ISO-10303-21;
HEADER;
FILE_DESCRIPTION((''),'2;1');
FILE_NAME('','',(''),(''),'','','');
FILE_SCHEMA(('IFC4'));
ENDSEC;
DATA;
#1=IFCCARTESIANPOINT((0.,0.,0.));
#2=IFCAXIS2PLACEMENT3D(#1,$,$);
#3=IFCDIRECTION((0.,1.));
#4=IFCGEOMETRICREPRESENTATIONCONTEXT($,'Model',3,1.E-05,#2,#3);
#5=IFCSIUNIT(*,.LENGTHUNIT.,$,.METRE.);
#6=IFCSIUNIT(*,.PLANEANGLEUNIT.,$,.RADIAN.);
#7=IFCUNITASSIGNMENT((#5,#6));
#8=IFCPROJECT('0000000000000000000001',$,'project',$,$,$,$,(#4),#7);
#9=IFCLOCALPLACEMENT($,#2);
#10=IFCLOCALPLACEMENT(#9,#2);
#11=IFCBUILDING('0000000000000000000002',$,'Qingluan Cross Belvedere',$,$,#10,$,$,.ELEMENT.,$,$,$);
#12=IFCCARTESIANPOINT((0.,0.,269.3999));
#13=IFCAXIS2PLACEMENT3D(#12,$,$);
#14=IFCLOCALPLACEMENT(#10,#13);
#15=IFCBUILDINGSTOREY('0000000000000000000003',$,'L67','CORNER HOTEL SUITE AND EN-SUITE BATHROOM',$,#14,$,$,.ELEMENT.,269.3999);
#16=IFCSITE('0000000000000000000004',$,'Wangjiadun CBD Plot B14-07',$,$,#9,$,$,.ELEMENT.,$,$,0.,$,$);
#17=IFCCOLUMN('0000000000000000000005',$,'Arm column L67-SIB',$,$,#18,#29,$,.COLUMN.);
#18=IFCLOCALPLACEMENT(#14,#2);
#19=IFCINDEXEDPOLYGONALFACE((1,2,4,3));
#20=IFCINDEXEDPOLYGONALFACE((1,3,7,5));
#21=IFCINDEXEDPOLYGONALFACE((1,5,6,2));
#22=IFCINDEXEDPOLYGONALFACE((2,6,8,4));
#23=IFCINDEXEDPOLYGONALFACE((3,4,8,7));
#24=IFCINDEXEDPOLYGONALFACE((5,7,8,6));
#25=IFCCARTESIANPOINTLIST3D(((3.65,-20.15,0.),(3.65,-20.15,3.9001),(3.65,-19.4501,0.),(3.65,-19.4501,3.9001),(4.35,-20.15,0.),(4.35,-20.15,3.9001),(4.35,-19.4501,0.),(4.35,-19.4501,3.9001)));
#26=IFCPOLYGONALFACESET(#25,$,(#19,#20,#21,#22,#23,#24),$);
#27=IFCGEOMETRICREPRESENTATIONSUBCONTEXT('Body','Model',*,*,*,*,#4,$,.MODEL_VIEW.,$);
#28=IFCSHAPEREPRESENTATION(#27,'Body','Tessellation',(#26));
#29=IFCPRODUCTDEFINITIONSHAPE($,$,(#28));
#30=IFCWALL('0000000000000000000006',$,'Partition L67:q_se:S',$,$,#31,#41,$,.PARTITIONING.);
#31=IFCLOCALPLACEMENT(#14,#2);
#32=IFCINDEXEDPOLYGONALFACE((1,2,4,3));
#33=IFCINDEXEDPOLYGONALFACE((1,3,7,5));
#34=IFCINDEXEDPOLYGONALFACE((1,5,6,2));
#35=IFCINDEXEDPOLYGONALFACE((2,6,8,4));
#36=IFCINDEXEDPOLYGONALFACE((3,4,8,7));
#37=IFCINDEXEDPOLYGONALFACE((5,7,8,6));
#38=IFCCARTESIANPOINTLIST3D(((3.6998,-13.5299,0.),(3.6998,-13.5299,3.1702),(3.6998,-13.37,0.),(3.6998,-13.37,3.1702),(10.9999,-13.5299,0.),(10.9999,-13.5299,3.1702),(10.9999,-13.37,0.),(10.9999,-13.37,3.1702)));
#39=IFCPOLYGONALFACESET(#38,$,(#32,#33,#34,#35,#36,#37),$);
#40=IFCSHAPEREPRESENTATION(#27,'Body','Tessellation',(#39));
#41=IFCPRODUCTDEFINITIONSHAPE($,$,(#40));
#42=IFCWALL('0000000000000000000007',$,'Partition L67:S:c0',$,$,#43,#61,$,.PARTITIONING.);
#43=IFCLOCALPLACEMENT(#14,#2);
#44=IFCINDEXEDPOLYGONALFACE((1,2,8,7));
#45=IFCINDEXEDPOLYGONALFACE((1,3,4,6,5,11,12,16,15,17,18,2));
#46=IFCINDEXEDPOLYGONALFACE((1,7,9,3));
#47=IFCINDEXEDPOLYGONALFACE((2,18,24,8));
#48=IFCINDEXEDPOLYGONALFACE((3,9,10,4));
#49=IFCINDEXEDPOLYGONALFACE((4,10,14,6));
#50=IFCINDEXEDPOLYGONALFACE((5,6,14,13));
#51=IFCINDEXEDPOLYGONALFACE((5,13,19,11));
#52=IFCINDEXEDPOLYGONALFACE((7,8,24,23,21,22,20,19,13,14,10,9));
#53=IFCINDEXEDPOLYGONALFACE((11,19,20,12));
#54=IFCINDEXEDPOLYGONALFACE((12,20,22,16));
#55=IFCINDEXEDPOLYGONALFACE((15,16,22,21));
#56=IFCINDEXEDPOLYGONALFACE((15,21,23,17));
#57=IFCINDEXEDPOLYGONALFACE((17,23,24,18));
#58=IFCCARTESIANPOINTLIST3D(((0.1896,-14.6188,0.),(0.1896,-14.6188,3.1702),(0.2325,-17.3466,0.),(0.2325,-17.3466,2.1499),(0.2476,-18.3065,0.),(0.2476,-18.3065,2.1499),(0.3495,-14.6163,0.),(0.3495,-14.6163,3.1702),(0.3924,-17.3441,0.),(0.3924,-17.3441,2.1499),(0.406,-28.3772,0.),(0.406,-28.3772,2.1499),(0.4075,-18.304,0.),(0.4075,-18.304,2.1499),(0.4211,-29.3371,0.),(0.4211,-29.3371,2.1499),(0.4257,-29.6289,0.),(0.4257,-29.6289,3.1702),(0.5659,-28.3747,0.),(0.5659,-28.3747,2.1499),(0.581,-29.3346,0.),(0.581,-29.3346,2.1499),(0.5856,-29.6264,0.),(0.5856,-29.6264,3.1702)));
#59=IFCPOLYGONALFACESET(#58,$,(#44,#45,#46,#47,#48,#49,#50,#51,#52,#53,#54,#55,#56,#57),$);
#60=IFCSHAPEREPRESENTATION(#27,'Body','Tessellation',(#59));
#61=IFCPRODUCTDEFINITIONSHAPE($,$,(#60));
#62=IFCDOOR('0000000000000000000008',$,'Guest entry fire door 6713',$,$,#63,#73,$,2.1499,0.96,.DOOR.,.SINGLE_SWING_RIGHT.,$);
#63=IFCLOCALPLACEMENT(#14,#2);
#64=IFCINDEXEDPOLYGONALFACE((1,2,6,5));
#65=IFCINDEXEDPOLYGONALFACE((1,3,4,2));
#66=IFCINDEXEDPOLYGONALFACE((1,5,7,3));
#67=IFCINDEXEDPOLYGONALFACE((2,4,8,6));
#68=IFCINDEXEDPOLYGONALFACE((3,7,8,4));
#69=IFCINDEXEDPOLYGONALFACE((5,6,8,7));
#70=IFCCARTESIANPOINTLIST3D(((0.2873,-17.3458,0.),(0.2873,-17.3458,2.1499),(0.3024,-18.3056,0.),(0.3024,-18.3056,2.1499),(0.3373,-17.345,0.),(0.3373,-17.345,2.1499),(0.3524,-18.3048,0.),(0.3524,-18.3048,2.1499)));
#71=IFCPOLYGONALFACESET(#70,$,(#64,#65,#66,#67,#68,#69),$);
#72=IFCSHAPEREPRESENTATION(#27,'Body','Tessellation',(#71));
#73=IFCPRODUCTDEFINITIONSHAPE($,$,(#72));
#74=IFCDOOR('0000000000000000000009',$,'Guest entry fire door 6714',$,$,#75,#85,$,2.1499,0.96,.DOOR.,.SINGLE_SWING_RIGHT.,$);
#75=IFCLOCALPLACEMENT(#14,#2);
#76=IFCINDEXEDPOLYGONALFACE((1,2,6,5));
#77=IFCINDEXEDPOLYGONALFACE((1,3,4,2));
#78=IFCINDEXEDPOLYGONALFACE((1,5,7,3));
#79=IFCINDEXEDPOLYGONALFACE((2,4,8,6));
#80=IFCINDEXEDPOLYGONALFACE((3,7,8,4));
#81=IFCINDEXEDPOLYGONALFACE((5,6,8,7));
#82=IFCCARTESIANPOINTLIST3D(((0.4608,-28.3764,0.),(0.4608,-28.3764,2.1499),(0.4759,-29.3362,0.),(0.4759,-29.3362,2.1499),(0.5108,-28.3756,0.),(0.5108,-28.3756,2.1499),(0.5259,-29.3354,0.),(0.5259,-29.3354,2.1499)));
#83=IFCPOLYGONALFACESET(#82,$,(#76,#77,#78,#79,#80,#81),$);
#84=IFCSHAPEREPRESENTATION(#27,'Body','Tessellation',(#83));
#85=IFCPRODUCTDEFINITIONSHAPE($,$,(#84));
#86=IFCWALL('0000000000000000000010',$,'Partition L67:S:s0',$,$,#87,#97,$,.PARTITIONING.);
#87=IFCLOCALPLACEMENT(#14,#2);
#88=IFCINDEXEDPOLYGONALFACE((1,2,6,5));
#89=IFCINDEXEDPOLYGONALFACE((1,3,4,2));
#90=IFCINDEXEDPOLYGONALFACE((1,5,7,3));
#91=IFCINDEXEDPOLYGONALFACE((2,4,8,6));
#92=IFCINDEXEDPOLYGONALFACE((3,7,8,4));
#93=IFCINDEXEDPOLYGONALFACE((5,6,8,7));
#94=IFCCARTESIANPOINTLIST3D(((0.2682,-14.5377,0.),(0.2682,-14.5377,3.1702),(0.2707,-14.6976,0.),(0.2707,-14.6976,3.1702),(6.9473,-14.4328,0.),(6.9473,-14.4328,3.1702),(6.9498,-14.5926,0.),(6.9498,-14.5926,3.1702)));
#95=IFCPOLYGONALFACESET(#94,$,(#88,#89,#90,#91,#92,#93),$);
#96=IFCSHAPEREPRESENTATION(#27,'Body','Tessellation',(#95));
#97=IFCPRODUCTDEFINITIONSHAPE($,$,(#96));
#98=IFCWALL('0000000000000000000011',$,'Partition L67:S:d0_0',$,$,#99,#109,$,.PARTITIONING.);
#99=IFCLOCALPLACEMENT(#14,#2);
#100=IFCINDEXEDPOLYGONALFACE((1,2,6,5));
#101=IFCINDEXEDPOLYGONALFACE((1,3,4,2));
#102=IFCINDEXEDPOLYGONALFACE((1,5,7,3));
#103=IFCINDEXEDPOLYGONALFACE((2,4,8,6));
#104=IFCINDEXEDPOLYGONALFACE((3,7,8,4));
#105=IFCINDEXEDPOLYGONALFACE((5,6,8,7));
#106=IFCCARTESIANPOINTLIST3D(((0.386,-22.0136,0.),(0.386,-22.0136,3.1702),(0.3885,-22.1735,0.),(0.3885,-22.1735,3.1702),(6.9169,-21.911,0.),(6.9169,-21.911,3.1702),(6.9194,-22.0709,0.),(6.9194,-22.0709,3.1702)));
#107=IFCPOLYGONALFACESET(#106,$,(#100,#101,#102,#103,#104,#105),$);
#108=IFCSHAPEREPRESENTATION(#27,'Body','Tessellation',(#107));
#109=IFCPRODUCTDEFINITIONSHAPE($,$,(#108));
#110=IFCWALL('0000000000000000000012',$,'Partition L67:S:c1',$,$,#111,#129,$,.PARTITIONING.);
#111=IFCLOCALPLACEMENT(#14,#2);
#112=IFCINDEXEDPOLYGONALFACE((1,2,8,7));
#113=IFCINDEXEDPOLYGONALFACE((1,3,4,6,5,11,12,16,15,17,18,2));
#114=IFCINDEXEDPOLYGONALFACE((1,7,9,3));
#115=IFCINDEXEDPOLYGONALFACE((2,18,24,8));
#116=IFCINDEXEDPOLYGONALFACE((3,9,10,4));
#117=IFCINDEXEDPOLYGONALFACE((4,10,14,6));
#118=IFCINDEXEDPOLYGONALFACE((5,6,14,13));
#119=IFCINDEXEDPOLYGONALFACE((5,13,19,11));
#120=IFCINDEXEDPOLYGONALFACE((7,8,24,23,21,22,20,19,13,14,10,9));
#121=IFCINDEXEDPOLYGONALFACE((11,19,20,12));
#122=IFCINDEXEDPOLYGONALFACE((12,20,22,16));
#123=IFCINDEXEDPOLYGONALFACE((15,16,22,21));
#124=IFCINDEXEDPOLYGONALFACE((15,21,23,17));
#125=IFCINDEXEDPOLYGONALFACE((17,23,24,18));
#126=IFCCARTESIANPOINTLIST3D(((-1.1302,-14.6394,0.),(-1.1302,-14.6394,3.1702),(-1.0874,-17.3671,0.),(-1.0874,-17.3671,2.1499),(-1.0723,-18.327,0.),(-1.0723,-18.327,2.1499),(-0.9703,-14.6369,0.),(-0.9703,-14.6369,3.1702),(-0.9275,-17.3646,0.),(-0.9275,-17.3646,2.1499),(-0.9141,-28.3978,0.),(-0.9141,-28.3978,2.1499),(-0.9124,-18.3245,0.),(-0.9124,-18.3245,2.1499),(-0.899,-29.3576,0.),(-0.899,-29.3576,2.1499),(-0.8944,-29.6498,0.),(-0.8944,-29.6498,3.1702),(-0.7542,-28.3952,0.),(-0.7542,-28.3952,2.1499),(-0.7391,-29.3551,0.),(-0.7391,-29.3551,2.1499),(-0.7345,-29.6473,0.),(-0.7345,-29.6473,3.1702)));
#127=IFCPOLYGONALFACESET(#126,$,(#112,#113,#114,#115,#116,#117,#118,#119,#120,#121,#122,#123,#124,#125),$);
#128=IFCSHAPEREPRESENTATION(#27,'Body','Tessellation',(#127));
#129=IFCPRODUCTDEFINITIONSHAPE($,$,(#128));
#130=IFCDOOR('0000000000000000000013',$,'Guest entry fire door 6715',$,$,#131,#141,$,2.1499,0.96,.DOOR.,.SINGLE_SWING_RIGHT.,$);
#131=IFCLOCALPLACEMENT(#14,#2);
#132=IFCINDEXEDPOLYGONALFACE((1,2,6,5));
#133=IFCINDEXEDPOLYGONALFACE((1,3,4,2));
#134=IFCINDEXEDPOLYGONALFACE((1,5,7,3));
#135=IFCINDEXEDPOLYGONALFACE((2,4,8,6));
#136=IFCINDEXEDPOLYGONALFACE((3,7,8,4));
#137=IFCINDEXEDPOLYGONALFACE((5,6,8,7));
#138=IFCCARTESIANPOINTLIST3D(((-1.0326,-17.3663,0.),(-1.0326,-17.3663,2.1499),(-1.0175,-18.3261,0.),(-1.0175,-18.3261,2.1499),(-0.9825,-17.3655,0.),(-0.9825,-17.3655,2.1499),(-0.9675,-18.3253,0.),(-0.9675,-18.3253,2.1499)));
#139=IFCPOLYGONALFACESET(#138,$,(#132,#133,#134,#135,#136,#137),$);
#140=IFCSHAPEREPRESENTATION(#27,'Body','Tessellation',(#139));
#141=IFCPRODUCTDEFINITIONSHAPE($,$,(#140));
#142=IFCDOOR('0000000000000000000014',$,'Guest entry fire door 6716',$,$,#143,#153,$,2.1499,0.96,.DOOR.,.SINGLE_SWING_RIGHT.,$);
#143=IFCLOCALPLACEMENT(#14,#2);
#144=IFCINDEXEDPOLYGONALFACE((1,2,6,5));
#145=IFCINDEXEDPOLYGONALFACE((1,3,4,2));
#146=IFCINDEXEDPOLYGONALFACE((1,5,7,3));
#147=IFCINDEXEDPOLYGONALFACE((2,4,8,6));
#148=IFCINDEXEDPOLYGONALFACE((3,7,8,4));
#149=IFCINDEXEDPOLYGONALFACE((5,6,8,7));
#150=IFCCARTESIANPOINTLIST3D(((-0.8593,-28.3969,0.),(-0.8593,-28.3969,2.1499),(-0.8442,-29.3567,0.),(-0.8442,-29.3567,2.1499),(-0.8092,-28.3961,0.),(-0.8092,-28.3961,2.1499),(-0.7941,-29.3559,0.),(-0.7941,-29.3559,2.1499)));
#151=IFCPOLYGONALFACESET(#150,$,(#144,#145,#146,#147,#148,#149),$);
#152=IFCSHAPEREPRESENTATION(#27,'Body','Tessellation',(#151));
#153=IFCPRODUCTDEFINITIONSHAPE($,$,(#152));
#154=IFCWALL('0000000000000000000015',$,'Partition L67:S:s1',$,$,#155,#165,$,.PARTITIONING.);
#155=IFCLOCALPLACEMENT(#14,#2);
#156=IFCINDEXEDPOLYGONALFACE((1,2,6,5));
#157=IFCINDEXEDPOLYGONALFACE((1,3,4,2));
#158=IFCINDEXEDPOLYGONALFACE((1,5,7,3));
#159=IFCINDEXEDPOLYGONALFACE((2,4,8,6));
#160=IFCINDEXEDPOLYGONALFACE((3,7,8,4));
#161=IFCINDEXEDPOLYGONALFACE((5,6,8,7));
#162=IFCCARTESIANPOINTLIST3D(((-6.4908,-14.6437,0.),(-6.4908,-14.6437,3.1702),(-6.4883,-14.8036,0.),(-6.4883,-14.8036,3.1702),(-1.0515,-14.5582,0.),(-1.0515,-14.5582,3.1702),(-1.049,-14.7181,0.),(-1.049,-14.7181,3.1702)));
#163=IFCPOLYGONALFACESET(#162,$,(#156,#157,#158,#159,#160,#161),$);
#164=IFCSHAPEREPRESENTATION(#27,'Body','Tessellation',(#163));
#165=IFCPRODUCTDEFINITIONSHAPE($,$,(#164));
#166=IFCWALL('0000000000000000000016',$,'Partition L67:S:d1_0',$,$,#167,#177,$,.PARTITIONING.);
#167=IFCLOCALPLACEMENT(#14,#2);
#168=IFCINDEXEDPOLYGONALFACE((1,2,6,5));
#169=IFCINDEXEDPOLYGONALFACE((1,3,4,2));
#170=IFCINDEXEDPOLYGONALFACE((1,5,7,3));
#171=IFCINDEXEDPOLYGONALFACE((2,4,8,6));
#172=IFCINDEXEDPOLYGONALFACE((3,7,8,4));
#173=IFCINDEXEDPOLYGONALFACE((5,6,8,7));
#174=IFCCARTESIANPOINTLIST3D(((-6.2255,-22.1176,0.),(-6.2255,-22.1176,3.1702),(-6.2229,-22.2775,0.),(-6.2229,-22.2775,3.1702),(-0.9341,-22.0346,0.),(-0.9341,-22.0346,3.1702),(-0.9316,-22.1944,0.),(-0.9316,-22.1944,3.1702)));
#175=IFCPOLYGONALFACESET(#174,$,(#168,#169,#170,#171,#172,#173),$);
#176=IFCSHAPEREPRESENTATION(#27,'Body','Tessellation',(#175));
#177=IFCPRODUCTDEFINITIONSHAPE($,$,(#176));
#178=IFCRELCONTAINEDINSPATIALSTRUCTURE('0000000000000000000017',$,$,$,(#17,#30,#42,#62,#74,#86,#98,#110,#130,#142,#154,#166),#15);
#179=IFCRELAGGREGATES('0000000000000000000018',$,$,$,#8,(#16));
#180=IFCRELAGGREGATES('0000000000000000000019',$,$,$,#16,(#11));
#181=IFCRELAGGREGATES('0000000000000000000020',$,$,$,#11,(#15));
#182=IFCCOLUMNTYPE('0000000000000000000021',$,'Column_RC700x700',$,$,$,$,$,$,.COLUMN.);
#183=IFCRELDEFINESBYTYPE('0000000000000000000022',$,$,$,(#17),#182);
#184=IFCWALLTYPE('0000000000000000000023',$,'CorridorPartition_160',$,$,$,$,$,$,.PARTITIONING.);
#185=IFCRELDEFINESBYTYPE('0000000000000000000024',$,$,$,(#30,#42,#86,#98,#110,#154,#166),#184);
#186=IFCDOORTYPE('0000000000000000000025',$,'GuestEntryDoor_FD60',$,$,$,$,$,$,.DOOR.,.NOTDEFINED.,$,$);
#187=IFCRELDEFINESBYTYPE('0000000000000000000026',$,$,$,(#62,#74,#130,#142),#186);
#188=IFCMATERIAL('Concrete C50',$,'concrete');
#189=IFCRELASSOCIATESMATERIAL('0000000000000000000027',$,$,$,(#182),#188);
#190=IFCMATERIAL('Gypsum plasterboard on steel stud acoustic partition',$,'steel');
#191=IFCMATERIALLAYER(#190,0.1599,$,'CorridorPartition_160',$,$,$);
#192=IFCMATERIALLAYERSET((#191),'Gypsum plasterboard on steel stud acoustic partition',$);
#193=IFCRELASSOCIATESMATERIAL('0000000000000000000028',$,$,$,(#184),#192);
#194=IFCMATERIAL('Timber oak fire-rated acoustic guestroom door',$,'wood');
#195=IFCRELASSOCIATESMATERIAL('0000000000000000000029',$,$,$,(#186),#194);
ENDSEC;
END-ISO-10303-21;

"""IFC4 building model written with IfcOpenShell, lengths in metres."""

from ifc_helpers import new_model, si_unit, direction, frame, frame_2d, origin, origin_2d, place, context, subcontext, project, spatial, rectangle, extrude, material, layer, layer_set, material_profile, profile_set, type_object, element, fill, save


model = new_model("IFC4")

# Units and contexts
model_context = context("Model", 3, precision=1e-05, world=origin(), true_north=direction((0.0, 1.0)))
body_context = subcontext(model_context, "Body", "Model", "MODEL_VIEW")
ifc_project = project(units=[si_unit("LENGTHUNIT", "METRE"), si_unit("PLANEANGLEUNIT", "RADIAN")], contexts=[model_context])

# Site, building, storey
site_placement = place(None, origin())
site = spatial("IfcSite", under=ifc_project, at=site_placement, Name="Wangjiadun CBD Plot B14-07", CompositionType="ELEMENT", RefElevation=0.0)
building_placement = place(site_placement, origin())
building = spatial("IfcBuilding", under=site, at=building_placement, Name="Qingluan Cross Belvedere", CompositionType="ELEMENT")
storey_placement = place(building_placement, frame((0.0, 0.0, 269.3999)))
storey = spatial("IfcBuildingStorey", under=building, at=storey_placement, Name="L67", Description="CORNER HOTEL SUITE AND EN-SUITE BATHROOM", CompositionType="ELEMENT", Elevation=269.3999)

# Column
ifc_material_1 = material(Name="Concrete C50", Category="concrete")
ifc_material_profile = material_profile(ifc_material_1, rectangle(XDim=0.7, YDim=0.7, at=origin_2d()), Name="RC700x700")
ifc_profile_set = profile_set([ifc_material_profile], Name="Concrete C50")
column_type = type_object("IfcColumnType", Name="Column_RC700x700", PredefinedType="COLUMN", material=ifc_profile_set)
column_placement = place(storey_placement, frame((4.0, -19.8, 0.0), z_axis=(0.0, 0.0, 1.0), x_axis=(1.0, 0.0, 0.0)))
element("IfcColumn", 1, at=column_placement, inside=storey, type_object=column_type, Name="Arm column L67-SIB", PredefinedType="COLUMN", context=body_context, shape_type="SweptSolid", body=[
    extrude(rectangle(XDim=0.7, YDim=0.7, at=origin_2d()), origin(), (0.0, 0.0, 1.0), 3.9001),
])

# Wall
ifc_material_2 = material(Name="Gypsum plasterboard on steel stud acoustic partition", Category="steel")
ifc_layer_1 = layer(ifc_material_2, 0.1599, Name="CorridorPartition_160")
ifc_layer_set_1 = layer_set([ifc_layer_1], Name="Gypsum plasterboard on steel stud acoustic partition")
wall_type_1 = type_object("IfcWallType", Name="CorridorPartition_160", PredefinedType="PARTITIONING", material=ifc_layer_set_1)
wall_1_placement = place(storey_placement, frame((3.7, -13.45, 0.0), z_axis=(0.0, 0.0, 1.0), x_axis=(1.0, 0.0, 0.0)))
element("IfcWall", 2, at=wall_1_placement, inside=storey, type_object=wall_type_1, Name="Partition L67:q_se:S", PredefinedType="PARTITIONING", context=body_context, shape_type="SweptSolid", body=[
    extrude(rectangle(XDim=7.3, YDim=0.1599, at=frame_2d((3.6499, 0.0))), origin(), (0.0, 0.0, 1.0), 3.1702),
])

# Wall, openings, doors
wall_2_placement = place(storey_placement, frame((0.2695, -14.6177, 0.0), z_axis=(0.0, 0.0, 1.0), x_axis=(0.015726, -0.999876, 0.0)))
wall_2 = element("IfcWall", 3, at=wall_2_placement, inside=storey, type_object=wall_type_1, Name="Partition L67:S:c0", PredefinedType="PARTITIONING", context=body_context, shape_type="SweptSolid", body=[
    extrude(rectangle(XDim=15.012, YDim=0.1599, at=frame_2d((7.5059, 0.0))), origin(), (0.0, 0.0, 1.0), 3.1702),
])
opening_1_placement = place(wall_2_placement, frame((2.728, 0.0, 0.0)))
opening_1 = element("IfcOpeningElement", 4, at=opening_1_placement, cuts=wall_2, PredefinedType="OPENING", context=body_context, shape_type="SweptSolid", body=[
    extrude(rectangle(XDim=0.96, YDim=2.1499, at=frame_2d((0.48, 1.075))), frame((0.0, 0.0898, 0.0), z_axis=(0.0, -1.0, 0.0), x_axis=(1.0, 0.0, 0.0)), (0.0, 0.0, 1.0), 0.1799),
])
opening_2_placement = place(wall_2_placement, frame((13.76, 0.0, 0.0)))
opening_2 = element("IfcOpeningElement", 5, at=opening_2_placement, cuts=wall_2, PredefinedType="OPENING", context=body_context, shape_type="SweptSolid", body=[
    extrude(rectangle(XDim=0.96, YDim=2.1499, at=frame_2d((0.48, 1.075))), frame((0.0, 0.0898, 0.0), z_axis=(0.0, -1.0, 0.0), x_axis=(1.0, 0.0, 0.0)), (0.0, 0.0, 1.0), 0.1799),
])
ifc_material_3 = material(Name="Timber oak fire-rated acoustic guestroom door", Category="wood")
door_type_1 = type_object("IfcDoorType", Name="GuestEntryDoor_FD60", OperationType="NOTDEFINED", PredefinedType="DOOR", material=ifc_material_3)
door_1_placement = place(opening_1_placement, origin())
door_1 = element("IfcDoor", 6, at=door_1_placement, inside=storey, type_object=door_type_1, Name="Guest entry fire door 6713", OperationType="SINGLE_SWING_RIGHT", OverallHeight=2.1499, OverallWidth=0.96, PredefinedType="DOOR", context=body_context, shape_type="SweptSolid", body=[
    extrude(rectangle(XDim=0.96, YDim=2.1499, at=frame_2d((0.48, 1.075))), frame((0.0, 0.0249, 0.0), z_axis=(0.0, -1.0, 0.0), x_axis=(1.0, 0.0, 0.0)), (0.0, 0.0, 1.0), 0.05),
])
fill(opening_1, door_1)
door_2_placement = place(opening_2_placement, origin())
door_2 = element("IfcDoor", 7, at=door_2_placement, inside=storey, type_object=door_type_1, Name="Guest entry fire door 6714", OperationType="SINGLE_SWING_RIGHT", OverallHeight=2.1499, OverallWidth=0.96, PredefinedType="DOOR", context=body_context, shape_type="SweptSolid", body=[
    extrude(rectangle(XDim=0.96, YDim=2.1499, at=frame_2d((0.48, 1.075))), frame((0.0, 0.0249, 0.0), z_axis=(0.0, -1.0, 0.0), x_axis=(1.0, 0.0, 0.0)), (0.0, 0.0, 1.0), 0.05),
])
fill(opening_2, door_2)

# Walls
wall_3_placement = place(storey_placement, frame((0.2695, -14.6177, 0.0), z_axis=(0.0, 0.0, 1.0), x_axis=(0.999877, 0.015716, 0.0)))
element("IfcWall", 8, at=wall_3_placement, inside=storey, type_object=wall_type_1, Name="Partition L67:S:s0", PredefinedType="PARTITIONING", context=body_context, shape_type="SweptSolid", body=[
    extrude(rectangle(XDim=6.6799, YDim=0.1599, at=frame_2d((3.3398, 0.0))), origin(), (0.0, 0.0, 1.0), 3.1702),
])
wall_4_placement = place(storey_placement, frame((0.3872, -22.0935, 0.0), z_axis=(0.0, 0.0, 1.0), x_axis=(0.999877, 0.015698, 0.0)))
element("IfcWall", 9, at=wall_4_placement, inside=storey, type_object=wall_type_1, Name="Partition L67:S:d0_0", PredefinedType="PARTITIONING", context=body_context, shape_type="SweptSolid", body=[
    extrude(rectangle(XDim=6.5317, YDim=0.1599, at=frame_2d((3.2659, 0.0))), origin(), (0.0, 0.0, 1.0), 3.1702),
])

# Wall, openings, doors
wall_5_placement = place(storey_placement, frame((-1.0503, -14.6382, 0.0), z_axis=(0.0, 0.0, 1.0), x_axis=(0.01571, -0.999877, 0.0)))
wall_5 = element("IfcWall", 10, at=wall_5_placement, inside=storey, type_object=wall_type_1, Name="Partition L67:S:c1", PredefinedType="PARTITIONING", context=body_context, shape_type="SweptSolid", body=[
    extrude(rectangle(XDim=15.0122, YDim=0.1599, at=frame_2d((7.5061, 0.0))), origin(), (0.0, 0.0, 1.0), 3.1702),
])
opening_3_placement = place(wall_5_placement, frame((2.728, 0.0, 0.0)))
opening_3 = element("IfcOpeningElement", 11, at=opening_3_placement, cuts=wall_5, PredefinedType="OPENING", context=body_context, shape_type="SweptSolid", body=[
    extrude(rectangle(XDim=0.96, YDim=2.1499, at=frame_2d((0.48, 1.075))), frame((0.0, 0.0898, 0.0), z_axis=(0.0, -1.0, 0.0), x_axis=(1.0, 0.0, 0.0)), (0.0, 0.0, 1.0), 0.1799),
])
opening_4_placement = place(wall_5_placement, frame((13.76, 0.0, 0.0)))
opening_4 = element("IfcOpeningElement", 12, at=opening_4_placement, cuts=wall_5, PredefinedType="OPENING", context=body_context, shape_type="SweptSolid", body=[
    extrude(rectangle(XDim=0.96, YDim=2.1499, at=frame_2d((0.48, 1.075))), frame((0.0, 0.0898, 0.0), z_axis=(0.0, -1.0, 0.0), x_axis=(1.0, 0.0, 0.0)), (0.0, 0.0, 1.0), 0.1799),
])
door_3_placement = place(opening_3_placement, origin())
door_3 = element("IfcDoor", 13, at=door_3_placement, inside=storey, type_object=door_type_1, Name="Guest entry fire door 6715", OperationType="SINGLE_SWING_RIGHT", OverallHeight=2.1499, OverallWidth=0.96, PredefinedType="DOOR", context=body_context, shape_type="SweptSolid", body=[
    extrude(rectangle(XDim=0.96, YDim=2.1499, at=frame_2d((0.48, 1.075))), frame((0.0, 0.0249, 0.0), z_axis=(0.0, -1.0, 0.0), x_axis=(1.0, 0.0, 0.0)), (0.0, 0.0, 1.0), 0.05),
])
fill(opening_3, door_3)
door_4_placement = place(opening_4_placement, origin())
door_4 = element("IfcDoor", 14, at=door_4_placement, inside=storey, type_object=door_type_1, Name="Guest entry fire door 6716", OperationType="SINGLE_SWING_RIGHT", OverallHeight=2.1499, OverallWidth=0.96, PredefinedType="DOOR", context=body_context, shape_type="SweptSolid", body=[
    extrude(rectangle(XDim=0.96, YDim=2.1499, at=frame_2d((0.48, 1.075))), frame((0.0, 0.0249, 0.0), z_axis=(0.0, -1.0, 0.0), x_axis=(1.0, 0.0, 0.0)), (0.0, 0.0, 1.0), 0.05),
])
fill(opening_4, door_4)

# Walls
wall_6_placement = place(storey_placement, frame((-1.0503, -14.6382, 0.0), z_axis=(0.0, 0.0, 1.0), x_axis=(-0.999877, -0.015708, 0.0)))
element("IfcWall", 15, at=wall_6_placement, inside=storey, type_object=wall_type_1, Name="Partition L67:S:s1", PredefinedType="PARTITIONING", context=body_context, shape_type="SweptSolid", body=[
    extrude(rectangle(XDim=5.4399, YDim=0.1599, at=frame_2d((2.72, 0.0))), origin(), (0.0, 0.0, 1.0), 3.1702),
])
wall_7_placement = place(storey_placement, frame((-0.9329, -22.1145, 0.0), z_axis=(0.0, 0.0, 1.0), x_axis=(-0.999877, -0.015686, 0.0)))
element("IfcWall", 16, at=wall_7_placement, inside=storey, type_object=wall_type_1, Name="Partition L67:S:d1_0", PredefinedType="PARTITIONING", context=body_context, shape_type="SweptSolid", body=[
    extrude(rectangle(XDim=5.292, YDim=0.1599, at=frame_2d((2.646, 0.0))), origin(), (0.0, 0.0, 1.0), 3.1702),
])

save(model, "model.ifc")
